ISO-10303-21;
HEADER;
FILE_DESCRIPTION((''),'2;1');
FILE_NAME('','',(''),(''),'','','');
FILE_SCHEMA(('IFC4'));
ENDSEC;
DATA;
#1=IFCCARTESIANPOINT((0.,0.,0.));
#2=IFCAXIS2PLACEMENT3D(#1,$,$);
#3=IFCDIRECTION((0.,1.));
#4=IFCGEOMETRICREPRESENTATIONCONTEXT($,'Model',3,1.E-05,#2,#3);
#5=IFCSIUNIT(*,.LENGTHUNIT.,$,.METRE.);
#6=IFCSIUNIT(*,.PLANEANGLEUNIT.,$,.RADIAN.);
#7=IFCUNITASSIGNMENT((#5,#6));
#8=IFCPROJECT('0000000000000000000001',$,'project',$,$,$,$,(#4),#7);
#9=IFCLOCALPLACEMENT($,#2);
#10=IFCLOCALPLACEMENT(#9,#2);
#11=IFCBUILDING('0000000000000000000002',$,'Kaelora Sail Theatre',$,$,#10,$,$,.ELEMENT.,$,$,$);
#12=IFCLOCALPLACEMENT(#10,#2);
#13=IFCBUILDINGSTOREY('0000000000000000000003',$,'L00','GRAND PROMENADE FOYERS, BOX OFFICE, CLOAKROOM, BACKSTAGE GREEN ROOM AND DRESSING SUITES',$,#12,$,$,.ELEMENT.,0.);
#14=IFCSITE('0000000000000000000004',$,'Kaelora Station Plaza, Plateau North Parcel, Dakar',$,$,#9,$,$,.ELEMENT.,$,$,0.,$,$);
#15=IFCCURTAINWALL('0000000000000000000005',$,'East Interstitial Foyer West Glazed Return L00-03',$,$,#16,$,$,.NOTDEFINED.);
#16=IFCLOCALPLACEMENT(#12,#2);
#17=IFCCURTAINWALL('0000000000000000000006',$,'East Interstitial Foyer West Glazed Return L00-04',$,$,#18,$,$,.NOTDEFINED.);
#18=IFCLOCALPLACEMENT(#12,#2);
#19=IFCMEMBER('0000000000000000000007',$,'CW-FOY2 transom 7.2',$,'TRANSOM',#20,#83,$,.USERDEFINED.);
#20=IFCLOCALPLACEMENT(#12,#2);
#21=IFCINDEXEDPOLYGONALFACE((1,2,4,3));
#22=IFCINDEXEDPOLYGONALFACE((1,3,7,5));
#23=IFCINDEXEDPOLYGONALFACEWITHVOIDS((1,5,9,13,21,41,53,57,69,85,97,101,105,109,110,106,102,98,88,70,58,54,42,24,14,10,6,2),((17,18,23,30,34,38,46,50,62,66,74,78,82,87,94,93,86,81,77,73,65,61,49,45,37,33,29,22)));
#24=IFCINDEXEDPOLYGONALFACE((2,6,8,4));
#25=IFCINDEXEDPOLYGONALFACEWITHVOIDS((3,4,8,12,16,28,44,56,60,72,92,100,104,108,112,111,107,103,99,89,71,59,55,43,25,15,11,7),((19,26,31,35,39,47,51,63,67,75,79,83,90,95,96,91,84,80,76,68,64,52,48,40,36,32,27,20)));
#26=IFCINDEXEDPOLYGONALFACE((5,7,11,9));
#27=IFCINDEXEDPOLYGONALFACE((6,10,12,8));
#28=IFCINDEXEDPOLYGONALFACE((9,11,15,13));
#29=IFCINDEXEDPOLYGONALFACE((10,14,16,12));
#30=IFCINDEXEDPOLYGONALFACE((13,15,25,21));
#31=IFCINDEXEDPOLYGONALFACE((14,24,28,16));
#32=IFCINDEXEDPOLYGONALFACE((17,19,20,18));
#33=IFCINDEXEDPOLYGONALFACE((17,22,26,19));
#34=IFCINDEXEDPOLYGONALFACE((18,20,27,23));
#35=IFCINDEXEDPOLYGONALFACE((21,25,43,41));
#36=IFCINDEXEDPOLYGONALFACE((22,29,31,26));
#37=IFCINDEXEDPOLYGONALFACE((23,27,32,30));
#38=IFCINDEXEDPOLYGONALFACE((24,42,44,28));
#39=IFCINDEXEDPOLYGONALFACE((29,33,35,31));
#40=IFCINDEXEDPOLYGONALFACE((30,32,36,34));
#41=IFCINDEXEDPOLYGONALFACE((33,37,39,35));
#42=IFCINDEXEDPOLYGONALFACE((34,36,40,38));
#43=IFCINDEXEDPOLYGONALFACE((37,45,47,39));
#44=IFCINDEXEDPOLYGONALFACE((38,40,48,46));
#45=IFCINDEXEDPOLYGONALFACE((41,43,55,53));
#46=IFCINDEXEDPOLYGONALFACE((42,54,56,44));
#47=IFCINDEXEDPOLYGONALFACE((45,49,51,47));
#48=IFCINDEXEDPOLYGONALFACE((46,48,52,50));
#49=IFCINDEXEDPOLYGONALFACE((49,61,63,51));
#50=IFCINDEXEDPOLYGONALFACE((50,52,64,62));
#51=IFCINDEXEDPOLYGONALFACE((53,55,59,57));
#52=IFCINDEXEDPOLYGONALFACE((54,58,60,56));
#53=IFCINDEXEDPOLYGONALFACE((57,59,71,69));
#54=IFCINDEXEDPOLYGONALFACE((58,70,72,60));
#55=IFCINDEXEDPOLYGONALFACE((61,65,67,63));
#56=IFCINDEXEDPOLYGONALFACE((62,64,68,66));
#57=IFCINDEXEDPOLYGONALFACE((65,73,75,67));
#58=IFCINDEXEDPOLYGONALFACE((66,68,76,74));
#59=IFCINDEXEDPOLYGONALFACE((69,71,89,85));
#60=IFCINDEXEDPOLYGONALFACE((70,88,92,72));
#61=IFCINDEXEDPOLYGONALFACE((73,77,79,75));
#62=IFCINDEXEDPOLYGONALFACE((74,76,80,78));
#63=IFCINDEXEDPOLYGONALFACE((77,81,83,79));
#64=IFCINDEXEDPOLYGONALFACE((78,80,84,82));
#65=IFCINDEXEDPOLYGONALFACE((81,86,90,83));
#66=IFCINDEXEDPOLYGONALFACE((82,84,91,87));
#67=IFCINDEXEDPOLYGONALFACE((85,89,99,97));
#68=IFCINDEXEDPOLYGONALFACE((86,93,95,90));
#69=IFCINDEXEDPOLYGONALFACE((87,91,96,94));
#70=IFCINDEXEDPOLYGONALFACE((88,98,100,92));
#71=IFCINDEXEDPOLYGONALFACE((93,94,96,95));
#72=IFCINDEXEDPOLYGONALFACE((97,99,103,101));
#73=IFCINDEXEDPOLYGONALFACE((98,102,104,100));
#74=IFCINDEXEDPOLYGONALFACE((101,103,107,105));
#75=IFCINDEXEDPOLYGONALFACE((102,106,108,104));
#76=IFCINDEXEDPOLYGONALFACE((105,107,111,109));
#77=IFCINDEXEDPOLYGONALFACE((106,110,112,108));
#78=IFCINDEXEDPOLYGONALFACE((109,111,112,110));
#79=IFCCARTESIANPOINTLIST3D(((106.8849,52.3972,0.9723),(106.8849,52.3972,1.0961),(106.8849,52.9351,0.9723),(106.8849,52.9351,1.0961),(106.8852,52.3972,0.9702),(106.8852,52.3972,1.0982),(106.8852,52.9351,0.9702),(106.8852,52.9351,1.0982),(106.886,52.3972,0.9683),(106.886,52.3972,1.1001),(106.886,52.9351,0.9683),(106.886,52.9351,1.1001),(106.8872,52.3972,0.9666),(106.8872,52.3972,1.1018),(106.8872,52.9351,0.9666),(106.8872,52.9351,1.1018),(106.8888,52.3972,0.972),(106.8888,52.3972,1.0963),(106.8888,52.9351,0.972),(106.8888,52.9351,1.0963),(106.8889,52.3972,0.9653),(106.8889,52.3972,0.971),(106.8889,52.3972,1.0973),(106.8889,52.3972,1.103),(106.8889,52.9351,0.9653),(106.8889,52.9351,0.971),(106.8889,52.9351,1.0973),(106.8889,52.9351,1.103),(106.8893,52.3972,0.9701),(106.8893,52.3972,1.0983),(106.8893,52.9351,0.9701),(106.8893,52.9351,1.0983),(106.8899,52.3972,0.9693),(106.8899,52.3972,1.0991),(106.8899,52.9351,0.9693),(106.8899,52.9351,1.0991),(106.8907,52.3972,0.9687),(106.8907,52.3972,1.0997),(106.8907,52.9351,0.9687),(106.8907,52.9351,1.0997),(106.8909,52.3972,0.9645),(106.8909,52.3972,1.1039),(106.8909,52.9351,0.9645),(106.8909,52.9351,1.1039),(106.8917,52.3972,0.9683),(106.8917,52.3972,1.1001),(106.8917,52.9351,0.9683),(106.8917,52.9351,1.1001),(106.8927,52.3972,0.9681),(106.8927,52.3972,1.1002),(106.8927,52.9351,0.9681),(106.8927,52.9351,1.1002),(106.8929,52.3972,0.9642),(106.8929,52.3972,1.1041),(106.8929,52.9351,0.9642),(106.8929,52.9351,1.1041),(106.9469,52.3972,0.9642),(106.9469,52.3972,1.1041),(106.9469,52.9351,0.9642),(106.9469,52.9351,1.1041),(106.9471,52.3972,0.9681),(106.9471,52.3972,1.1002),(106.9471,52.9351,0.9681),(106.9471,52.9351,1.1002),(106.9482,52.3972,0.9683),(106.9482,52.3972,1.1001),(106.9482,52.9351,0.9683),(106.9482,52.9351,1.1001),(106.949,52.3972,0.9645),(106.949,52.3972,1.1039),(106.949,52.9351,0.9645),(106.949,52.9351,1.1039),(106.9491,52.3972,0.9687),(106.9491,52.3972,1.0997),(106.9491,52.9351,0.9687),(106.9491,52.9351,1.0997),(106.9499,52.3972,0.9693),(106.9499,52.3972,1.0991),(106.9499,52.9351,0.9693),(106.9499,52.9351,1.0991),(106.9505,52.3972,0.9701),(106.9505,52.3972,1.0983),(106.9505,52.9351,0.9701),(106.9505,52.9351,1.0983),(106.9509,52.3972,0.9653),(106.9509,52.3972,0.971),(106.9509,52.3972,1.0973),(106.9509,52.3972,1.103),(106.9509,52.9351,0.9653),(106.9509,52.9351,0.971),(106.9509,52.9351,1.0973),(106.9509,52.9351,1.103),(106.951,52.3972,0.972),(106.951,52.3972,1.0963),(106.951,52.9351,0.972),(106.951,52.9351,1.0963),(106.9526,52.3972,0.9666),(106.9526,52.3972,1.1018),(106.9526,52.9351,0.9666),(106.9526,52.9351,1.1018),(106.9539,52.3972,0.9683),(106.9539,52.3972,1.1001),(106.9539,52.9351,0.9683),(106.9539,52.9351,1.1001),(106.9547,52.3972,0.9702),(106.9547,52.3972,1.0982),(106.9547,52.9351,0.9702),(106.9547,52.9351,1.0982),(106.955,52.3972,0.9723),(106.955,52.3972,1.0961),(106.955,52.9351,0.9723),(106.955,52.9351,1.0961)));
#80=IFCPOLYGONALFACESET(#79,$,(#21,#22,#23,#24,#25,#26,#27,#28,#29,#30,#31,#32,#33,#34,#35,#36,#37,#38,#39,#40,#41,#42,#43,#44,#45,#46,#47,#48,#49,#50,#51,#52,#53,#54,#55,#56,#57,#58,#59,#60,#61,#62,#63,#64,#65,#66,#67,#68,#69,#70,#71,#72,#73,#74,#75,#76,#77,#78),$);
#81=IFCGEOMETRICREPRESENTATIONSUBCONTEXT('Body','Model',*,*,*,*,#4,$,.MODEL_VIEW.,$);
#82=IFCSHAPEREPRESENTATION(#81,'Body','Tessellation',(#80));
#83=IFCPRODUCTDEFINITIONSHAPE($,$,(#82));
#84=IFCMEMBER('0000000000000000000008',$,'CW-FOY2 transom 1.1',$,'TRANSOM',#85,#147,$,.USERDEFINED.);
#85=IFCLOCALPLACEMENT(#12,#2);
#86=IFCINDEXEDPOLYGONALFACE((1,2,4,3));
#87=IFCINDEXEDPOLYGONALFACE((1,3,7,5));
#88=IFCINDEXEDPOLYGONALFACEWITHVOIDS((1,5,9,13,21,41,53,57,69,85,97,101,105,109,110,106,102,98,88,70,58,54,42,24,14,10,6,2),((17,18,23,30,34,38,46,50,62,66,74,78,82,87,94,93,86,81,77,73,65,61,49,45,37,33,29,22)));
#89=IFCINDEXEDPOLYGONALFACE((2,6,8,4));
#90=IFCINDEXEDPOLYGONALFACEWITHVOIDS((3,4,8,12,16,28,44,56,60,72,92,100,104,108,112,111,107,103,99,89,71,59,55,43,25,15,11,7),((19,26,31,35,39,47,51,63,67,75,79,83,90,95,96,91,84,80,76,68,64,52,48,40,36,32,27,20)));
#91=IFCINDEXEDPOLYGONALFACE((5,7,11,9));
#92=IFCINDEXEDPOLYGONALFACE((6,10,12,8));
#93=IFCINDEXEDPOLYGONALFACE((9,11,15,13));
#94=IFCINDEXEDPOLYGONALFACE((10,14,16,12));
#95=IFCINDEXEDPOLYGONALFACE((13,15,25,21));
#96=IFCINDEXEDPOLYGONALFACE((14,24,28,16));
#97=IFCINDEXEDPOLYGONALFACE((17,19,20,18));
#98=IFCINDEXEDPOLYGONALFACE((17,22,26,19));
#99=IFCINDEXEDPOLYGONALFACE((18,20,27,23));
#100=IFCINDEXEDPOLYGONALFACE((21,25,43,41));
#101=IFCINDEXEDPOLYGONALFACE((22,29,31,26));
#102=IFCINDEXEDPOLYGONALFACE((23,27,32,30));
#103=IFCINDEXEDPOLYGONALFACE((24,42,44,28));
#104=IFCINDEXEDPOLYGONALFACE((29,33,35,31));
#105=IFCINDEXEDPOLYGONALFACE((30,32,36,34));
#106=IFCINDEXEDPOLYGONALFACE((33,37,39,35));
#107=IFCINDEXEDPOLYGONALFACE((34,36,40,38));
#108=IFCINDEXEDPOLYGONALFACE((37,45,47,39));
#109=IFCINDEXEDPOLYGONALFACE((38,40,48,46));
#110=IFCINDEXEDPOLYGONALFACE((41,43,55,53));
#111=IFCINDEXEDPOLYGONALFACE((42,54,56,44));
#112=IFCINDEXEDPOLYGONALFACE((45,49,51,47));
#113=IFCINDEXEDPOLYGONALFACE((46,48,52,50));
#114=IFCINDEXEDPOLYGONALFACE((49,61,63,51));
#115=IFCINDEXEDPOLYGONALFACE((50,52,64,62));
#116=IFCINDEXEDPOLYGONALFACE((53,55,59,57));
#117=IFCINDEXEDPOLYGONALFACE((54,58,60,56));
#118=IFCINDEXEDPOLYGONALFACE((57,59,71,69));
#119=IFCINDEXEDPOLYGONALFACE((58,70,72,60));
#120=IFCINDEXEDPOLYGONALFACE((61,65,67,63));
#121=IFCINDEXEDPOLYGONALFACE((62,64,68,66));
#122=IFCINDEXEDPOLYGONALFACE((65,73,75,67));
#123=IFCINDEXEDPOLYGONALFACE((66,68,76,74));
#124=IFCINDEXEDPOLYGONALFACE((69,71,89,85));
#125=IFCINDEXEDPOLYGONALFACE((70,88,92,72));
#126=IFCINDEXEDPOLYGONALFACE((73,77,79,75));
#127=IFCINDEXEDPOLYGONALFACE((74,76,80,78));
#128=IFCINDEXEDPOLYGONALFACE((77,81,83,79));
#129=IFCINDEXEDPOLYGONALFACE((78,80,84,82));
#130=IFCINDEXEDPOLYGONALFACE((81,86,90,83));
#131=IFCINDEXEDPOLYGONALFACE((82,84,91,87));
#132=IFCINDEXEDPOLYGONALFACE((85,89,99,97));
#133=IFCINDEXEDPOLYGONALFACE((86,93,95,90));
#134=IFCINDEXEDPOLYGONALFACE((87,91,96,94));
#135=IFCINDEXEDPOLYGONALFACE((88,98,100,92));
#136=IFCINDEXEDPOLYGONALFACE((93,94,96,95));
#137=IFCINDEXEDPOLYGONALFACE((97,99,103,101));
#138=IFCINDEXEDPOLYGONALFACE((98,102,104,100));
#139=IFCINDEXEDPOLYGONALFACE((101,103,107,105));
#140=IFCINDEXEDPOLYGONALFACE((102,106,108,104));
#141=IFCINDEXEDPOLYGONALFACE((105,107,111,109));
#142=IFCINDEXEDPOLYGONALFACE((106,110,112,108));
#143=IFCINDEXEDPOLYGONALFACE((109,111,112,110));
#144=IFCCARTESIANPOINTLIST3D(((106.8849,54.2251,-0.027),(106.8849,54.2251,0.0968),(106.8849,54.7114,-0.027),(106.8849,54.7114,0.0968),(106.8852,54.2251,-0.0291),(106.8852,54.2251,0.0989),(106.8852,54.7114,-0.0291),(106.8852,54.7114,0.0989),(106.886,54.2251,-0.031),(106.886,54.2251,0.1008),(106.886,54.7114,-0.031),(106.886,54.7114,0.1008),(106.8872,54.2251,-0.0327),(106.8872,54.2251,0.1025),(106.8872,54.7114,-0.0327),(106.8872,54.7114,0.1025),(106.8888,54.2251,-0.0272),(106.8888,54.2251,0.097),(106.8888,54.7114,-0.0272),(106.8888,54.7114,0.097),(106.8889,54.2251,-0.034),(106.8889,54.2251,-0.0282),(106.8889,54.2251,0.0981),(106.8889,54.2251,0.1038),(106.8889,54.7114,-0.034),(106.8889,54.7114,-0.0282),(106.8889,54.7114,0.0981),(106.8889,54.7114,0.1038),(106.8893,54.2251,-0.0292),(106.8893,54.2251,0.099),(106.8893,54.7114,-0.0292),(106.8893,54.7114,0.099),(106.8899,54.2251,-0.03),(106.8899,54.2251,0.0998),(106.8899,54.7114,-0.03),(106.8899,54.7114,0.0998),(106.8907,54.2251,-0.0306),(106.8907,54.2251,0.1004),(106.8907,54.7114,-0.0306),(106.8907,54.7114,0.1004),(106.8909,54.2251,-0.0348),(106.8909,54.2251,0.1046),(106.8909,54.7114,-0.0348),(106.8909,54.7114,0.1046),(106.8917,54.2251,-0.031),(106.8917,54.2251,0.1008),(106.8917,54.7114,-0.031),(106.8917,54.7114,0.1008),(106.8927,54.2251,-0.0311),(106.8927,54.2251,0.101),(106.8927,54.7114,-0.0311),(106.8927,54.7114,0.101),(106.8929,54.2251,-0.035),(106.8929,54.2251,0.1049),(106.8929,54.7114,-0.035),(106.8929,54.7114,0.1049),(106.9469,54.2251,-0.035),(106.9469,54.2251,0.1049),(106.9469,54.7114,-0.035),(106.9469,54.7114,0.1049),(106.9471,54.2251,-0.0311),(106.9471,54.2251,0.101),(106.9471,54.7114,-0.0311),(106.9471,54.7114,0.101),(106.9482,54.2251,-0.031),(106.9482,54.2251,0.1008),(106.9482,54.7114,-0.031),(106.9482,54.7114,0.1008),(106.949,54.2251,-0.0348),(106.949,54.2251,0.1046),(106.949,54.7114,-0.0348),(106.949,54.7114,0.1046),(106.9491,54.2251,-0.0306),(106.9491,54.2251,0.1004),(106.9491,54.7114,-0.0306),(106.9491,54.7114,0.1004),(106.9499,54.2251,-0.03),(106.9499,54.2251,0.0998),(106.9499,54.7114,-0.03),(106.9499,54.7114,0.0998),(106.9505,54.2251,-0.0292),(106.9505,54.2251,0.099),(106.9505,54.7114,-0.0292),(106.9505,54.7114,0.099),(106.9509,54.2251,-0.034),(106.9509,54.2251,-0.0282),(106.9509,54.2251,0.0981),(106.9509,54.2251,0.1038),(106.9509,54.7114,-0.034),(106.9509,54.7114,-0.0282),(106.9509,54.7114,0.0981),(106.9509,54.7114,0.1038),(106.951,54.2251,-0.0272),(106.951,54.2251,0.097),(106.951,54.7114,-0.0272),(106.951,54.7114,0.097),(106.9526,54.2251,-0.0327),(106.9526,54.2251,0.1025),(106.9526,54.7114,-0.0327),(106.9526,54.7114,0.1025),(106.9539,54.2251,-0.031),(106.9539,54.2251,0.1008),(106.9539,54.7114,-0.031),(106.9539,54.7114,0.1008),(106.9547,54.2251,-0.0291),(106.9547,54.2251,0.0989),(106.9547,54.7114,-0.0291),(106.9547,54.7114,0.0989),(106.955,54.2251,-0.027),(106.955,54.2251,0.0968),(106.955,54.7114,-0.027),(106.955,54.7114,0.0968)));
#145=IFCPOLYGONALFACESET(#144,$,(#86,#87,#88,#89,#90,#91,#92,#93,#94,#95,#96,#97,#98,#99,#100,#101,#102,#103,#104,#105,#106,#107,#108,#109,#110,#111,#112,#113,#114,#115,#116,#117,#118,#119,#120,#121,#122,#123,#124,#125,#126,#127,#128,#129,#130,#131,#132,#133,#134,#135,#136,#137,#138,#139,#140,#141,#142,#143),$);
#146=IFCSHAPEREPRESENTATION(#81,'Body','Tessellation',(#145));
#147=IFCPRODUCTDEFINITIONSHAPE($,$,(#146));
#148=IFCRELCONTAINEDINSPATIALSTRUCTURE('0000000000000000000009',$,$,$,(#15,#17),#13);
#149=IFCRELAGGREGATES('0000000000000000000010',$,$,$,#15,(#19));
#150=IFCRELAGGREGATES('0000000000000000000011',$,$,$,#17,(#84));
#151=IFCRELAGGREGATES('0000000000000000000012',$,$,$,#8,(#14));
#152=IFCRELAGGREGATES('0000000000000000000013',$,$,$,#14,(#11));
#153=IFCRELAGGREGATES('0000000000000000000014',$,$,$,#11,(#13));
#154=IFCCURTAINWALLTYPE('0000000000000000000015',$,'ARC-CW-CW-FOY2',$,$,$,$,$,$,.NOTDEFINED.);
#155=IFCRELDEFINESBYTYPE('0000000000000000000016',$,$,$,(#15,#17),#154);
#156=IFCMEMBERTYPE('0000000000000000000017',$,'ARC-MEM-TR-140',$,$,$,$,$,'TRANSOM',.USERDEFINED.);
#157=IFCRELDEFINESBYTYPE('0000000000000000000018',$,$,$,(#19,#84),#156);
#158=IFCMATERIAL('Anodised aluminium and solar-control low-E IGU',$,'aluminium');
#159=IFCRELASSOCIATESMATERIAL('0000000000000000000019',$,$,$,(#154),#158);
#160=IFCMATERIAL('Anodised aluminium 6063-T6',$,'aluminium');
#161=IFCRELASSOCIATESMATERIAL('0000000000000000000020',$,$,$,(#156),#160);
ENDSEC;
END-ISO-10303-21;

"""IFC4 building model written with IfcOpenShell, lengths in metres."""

from ifc_helpers import new_model, si_unit, direction, frame, origin, origin_2d, place, context, subcontext, project, spatial, hollow_rectangle, extrude, material, material_profile, profile_set, type_object, element, aggregate, save


model = new_model("IFC4")

# Units and contexts
model_context = context("Model", 3, precision=1e-05, world=origin(), true_north=direction((0.0, 1.0)))
body_context = subcontext(model_context, "Body", "Model", "MODEL_VIEW")
ifc_project = project(units=[si_unit("LENGTHUNIT", "METRE"), si_unit("PLANEANGLEUNIT", "RADIAN")], contexts=[model_context])

# Site, building, storey
site_placement = place(None, origin())
site = spatial("IfcSite", under=ifc_project, at=site_placement, Name="Kaelora Station Plaza, Plateau North Parcel, Dakar", CompositionType="ELEMENT", RefElevation=0.0)
building_placement = place(site_placement, origin())
building = spatial("IfcBuilding", under=site, at=building_placement, Name="Kaelora Sail Theatre", CompositionType="ELEMENT")
storey_placement = place(building_placement, origin())
storey = spatial("IfcBuildingStorey", under=building, at=storey_placement, Name="L00", Description="GRAND PROMENADE FOYERS, BOX OFFICE, CLOAKROOM, BACKSTAGE GREEN ROOM AND DRESSING SUITES", CompositionType="ELEMENT", Elevation=0.0)

# Curtain wall
ifc_material_1 = material(Name="Anodised aluminium and solar-control low-E IGU", Category="aluminium")
curtain_wall_type = type_object("IfcCurtainWallType", Name="ARC-CW-CW-FOY2", PredefinedType="NOTDEFINED", material=ifc_material_1)
curtain_wall_1_placement = place(storey_placement, origin())
curtain_wall_1 = element("IfcCurtainWall", 1, at=curtain_wall_1_placement, inside=storey, type_object=curtain_wall_type, Name="East Interstitial Foyer West Glazed Return L00-03", PredefinedType="NOTDEFINED")

# Curtain wall
curtain_wall_2_placement = place(storey_placement, origin())
curtain_wall_2 = element("IfcCurtainWall", 2, at=curtain_wall_2_placement, inside=storey, type_object=curtain_wall_type, Name="East Interstitial Foyer West Glazed Return L00-04", PredefinedType="NOTDEFINED")

# Members
ifc_material_2 = material(Name="Anodised aluminium 6063-T6", Category="aluminium")
ifc_material_profile_1 = material_profile(ifc_material_2, hollow_rectangle(XDim=0.0701, YDim=0.1399, WallThickness=0.0039, InnerFilletRadius=0.0039, OuterFilletRadius=0.0081, at=origin_2d()), Name="ALU-TRAN 70x140x4")
ifc_profile_set_1 = profile_set([ifc_material_profile_1], Name="Anodised aluminium 6063-T6")
member_type_1 = type_object("IfcMemberType", Name="ARC-MEM-TR-140", ElementType="TRANSOM", PredefinedType="USERDEFINED", material=ifc_profile_set_1)
member_1_placement = place(storey_placement, frame((106.9199, 52.3972, 1.0342), z_axis=(0.0, 1.0, 0.0), x_axis=(-1.0, 0.0, 0.0)))
member_1 = element("IfcMember", 3, at=member_1_placement, type_object=member_type_1, Name="CW-FOY2 transom 7.2", ObjectType="TRANSOM", PredefinedType="USERDEFINED", context=body_context, shape_type="SweptSolid", body=[
    extrude(hollow_rectangle(XDim=0.0701, YDim=0.1399, WallThickness=0.0039, InnerFilletRadius=0.0039, OuterFilletRadius=0.0081, at=origin_2d()), origin(), (0.0, 0.0, 1.0), 0.5378),
])
member_2_placement = place(storey_placement, frame((106.9199, 54.2251, 0.0349), z_axis=(0.0, 1.0, 0.0), x_axis=(-1.0, 0.0, 0.0)))
member_2 = element("IfcMember", 4, at=member_2_placement, type_object=member_type_1, Name="CW-FOY2 transom 1.1", ObjectType="TRANSOM", PredefinedType="USERDEFINED", context=body_context, shape_type="SweptSolid", body=[
    extrude(hollow_rectangle(XDim=0.0701, YDim=0.1399, WallThickness=0.0039, InnerFilletRadius=0.0039, OuterFilletRadius=0.0081, at=origin_2d()), origin(), (0.0, 0.0, 1.0), 0.4863),
])

aggregate(curtain_wall_1, [member_1])
aggregate(curtain_wall_2, [member_2])

save(model, "model.ifc")
